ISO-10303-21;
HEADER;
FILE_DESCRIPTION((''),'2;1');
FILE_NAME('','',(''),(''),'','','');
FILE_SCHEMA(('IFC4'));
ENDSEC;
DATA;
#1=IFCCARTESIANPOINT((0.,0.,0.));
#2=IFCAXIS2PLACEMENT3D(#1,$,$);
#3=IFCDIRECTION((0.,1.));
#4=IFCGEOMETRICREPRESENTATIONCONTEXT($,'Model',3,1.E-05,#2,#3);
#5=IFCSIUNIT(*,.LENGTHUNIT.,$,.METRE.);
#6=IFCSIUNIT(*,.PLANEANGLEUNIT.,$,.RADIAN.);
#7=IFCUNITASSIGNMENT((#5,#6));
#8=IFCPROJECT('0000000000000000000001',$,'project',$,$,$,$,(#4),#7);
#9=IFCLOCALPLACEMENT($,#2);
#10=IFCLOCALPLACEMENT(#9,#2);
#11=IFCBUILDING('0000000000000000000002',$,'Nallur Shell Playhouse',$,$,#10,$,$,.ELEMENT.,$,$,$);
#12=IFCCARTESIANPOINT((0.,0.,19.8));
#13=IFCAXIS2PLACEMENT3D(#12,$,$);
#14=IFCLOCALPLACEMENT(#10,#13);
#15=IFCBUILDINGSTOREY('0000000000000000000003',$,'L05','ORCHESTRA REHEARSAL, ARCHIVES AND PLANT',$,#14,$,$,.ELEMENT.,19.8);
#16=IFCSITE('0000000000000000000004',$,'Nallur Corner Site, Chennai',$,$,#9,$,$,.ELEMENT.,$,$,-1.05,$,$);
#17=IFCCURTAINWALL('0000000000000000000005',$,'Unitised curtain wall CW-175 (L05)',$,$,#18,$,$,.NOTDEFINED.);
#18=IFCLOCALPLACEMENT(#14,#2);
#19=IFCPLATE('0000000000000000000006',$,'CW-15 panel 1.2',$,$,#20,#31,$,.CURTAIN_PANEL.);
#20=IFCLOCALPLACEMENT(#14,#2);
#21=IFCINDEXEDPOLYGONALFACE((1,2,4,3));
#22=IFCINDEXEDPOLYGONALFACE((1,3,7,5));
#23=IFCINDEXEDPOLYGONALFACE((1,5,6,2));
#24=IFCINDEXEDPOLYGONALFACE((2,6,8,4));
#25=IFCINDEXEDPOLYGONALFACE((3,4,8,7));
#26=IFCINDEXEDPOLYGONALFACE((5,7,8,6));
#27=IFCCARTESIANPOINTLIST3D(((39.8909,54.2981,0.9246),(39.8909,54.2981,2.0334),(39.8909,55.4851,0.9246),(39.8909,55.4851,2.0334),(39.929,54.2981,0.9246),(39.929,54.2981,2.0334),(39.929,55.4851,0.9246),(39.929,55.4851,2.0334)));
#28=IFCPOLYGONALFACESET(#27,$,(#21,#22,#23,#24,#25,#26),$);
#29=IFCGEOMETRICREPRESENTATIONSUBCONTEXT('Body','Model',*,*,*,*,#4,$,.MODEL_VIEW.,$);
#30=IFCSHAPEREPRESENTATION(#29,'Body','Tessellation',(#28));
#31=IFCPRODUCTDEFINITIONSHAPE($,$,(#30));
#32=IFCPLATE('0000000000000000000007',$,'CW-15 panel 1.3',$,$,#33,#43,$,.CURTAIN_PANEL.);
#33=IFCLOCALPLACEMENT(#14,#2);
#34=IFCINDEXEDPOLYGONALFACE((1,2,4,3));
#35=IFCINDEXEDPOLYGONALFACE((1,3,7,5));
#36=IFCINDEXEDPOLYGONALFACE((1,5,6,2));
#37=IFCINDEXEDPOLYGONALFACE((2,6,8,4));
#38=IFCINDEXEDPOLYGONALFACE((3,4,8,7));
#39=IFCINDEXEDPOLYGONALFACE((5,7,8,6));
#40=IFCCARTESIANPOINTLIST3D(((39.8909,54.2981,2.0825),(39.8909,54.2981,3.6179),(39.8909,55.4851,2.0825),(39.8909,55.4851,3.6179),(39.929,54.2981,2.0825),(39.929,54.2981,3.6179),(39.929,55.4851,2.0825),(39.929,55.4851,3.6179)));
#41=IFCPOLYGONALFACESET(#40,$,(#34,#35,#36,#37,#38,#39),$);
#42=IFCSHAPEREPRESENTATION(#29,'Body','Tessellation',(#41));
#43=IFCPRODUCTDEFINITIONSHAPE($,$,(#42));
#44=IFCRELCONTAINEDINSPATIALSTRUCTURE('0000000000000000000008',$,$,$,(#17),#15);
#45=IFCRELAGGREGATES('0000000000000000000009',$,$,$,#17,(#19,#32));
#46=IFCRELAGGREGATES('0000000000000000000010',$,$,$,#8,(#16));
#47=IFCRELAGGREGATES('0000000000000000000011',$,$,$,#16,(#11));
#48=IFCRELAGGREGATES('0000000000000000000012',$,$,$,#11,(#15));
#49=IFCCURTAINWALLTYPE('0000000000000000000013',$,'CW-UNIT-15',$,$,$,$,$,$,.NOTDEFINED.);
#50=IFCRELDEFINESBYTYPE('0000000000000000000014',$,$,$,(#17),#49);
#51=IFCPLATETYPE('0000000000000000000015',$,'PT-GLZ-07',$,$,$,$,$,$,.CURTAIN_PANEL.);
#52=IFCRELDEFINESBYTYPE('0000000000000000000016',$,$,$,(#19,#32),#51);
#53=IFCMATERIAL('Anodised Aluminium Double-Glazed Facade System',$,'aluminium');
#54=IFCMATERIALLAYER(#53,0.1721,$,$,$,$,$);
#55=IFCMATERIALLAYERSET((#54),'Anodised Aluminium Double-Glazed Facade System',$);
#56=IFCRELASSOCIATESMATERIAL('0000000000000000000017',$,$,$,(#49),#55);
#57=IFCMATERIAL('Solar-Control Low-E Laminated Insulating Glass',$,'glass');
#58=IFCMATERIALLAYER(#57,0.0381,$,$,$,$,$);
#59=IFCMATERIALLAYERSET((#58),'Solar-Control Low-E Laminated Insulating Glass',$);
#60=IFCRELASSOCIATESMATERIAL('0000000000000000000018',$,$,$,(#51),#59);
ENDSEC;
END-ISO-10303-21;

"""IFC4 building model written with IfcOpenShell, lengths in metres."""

from ifc_helpers import new_model, si_unit, direction, frame, origin, origin_2d, place, context, subcontext, project, spatial, rectangle, extrude, material, layer, layer_set, type_object, element, aggregate, save


model = new_model("IFC4")

# Units and contexts
model_context = context("Model", 3, precision=1e-05, world=origin(), true_north=direction((0.0, 1.0)))
body_context = subcontext(model_context, "Body", "Model", "MODEL_VIEW")
ifc_project = project(units=[si_unit("LENGTHUNIT", "METRE"), si_unit("PLANEANGLEUNIT", "RADIAN")], contexts=[model_context])

# Site, building, storey
site_placement = place(None, origin())
site = spatial("IfcSite", under=ifc_project, at=site_placement, Name="Nallur Corner Site, Chennai", CompositionType="ELEMENT", RefElevation=-1.05)
building_placement = place(site_placement, origin())
building = spatial("IfcBuilding", under=site, at=building_placement, Name="Nallur Shell Playhouse", CompositionType="ELEMENT")
storey_placement = place(building_placement, frame((0.0, 0.0, 19.8)))
storey = spatial("IfcBuildingStorey", under=building, at=storey_placement, Name="L05", Description="ORCHESTRA REHEARSAL, ARCHIVES AND PLANT", CompositionType="ELEMENT", Elevation=19.8)

# Curtain wall
ifc_material_1 = material(Name="Anodised Aluminium Double-Glazed Facade System", Category="aluminium")
ifc_layer_1 = layer(ifc_material_1, 0.1721)
ifc_layer_set_1 = layer_set([ifc_layer_1], Name="Anodised Aluminium Double-Glazed Facade System")
curtain_wall_type_1 = type_object("IfcCurtainWallType", Name="CW-UNIT-15", PredefinedType="NOTDEFINED", material=ifc_layer_set_1)
curtain_wall_1_placement = place(storey_placement, origin())
curtain_wall_1 = element("IfcCurtainWall", 1, at=curtain_wall_1_placement, inside=storey, type_object=curtain_wall_type_1, Name="Unitised curtain wall CW-175 (L05)", PredefinedType="NOTDEFINED")

# Plates
ifc_material_2 = material(Name="Solar-Control Low-E Laminated Insulating Glass", Category="glass")
ifc_layer_2 = layer(ifc_material_2, 0.0381)
ifc_layer_set_2 = layer_set([ifc_layer_2], Name="Solar-Control Low-E Laminated Insulating Glass")
plate_type_1 = type_object("IfcPlateType", Name="PT-GLZ-07", PredefinedType="CURTAIN_PANEL", material=ifc_layer_set_2)
plate_1_placement = place(storey_placement, frame((39.9099, 54.8916, 0.9246), z_axis=(0.0, 0.0, 1.0), x_axis=(0.0, -1.0, 0.0)))
plate_1 = element("IfcPlate", 2, at=plate_1_placement, type_object=plate_type_1, Name="CW-15 panel 1.2", PredefinedType="CURTAIN_PANEL", context=body_context, shape_type="SweptSolid", body=[
    extrude(rectangle(XDim=1.187, YDim=0.0381, at=origin_2d()), origin(), (0.0, 0.0, 1.0), 1.1089),
])
plate_2_placement = place(storey_placement, frame((39.9099, 54.8916, 2.0825), z_axis=(0.0, 0.0, 1.0), x_axis=(0.0, -1.0, 0.0)))
plate_2 = element("IfcPlate", 3, at=plate_2_placement, type_object=plate_type_1, Name="CW-15 panel 1.3", PredefinedType="CURTAIN_PANEL", context=body_context, shape_type="SweptSolid", body=[
    extrude(rectangle(XDim=1.187, YDim=0.0381, at=origin_2d()), origin(), (0.0, 0.0, 1.0), 1.5354),
])
aggregate(curtain_wall_1, [plate_1, plate_2])

save(model, "model.ifc")
